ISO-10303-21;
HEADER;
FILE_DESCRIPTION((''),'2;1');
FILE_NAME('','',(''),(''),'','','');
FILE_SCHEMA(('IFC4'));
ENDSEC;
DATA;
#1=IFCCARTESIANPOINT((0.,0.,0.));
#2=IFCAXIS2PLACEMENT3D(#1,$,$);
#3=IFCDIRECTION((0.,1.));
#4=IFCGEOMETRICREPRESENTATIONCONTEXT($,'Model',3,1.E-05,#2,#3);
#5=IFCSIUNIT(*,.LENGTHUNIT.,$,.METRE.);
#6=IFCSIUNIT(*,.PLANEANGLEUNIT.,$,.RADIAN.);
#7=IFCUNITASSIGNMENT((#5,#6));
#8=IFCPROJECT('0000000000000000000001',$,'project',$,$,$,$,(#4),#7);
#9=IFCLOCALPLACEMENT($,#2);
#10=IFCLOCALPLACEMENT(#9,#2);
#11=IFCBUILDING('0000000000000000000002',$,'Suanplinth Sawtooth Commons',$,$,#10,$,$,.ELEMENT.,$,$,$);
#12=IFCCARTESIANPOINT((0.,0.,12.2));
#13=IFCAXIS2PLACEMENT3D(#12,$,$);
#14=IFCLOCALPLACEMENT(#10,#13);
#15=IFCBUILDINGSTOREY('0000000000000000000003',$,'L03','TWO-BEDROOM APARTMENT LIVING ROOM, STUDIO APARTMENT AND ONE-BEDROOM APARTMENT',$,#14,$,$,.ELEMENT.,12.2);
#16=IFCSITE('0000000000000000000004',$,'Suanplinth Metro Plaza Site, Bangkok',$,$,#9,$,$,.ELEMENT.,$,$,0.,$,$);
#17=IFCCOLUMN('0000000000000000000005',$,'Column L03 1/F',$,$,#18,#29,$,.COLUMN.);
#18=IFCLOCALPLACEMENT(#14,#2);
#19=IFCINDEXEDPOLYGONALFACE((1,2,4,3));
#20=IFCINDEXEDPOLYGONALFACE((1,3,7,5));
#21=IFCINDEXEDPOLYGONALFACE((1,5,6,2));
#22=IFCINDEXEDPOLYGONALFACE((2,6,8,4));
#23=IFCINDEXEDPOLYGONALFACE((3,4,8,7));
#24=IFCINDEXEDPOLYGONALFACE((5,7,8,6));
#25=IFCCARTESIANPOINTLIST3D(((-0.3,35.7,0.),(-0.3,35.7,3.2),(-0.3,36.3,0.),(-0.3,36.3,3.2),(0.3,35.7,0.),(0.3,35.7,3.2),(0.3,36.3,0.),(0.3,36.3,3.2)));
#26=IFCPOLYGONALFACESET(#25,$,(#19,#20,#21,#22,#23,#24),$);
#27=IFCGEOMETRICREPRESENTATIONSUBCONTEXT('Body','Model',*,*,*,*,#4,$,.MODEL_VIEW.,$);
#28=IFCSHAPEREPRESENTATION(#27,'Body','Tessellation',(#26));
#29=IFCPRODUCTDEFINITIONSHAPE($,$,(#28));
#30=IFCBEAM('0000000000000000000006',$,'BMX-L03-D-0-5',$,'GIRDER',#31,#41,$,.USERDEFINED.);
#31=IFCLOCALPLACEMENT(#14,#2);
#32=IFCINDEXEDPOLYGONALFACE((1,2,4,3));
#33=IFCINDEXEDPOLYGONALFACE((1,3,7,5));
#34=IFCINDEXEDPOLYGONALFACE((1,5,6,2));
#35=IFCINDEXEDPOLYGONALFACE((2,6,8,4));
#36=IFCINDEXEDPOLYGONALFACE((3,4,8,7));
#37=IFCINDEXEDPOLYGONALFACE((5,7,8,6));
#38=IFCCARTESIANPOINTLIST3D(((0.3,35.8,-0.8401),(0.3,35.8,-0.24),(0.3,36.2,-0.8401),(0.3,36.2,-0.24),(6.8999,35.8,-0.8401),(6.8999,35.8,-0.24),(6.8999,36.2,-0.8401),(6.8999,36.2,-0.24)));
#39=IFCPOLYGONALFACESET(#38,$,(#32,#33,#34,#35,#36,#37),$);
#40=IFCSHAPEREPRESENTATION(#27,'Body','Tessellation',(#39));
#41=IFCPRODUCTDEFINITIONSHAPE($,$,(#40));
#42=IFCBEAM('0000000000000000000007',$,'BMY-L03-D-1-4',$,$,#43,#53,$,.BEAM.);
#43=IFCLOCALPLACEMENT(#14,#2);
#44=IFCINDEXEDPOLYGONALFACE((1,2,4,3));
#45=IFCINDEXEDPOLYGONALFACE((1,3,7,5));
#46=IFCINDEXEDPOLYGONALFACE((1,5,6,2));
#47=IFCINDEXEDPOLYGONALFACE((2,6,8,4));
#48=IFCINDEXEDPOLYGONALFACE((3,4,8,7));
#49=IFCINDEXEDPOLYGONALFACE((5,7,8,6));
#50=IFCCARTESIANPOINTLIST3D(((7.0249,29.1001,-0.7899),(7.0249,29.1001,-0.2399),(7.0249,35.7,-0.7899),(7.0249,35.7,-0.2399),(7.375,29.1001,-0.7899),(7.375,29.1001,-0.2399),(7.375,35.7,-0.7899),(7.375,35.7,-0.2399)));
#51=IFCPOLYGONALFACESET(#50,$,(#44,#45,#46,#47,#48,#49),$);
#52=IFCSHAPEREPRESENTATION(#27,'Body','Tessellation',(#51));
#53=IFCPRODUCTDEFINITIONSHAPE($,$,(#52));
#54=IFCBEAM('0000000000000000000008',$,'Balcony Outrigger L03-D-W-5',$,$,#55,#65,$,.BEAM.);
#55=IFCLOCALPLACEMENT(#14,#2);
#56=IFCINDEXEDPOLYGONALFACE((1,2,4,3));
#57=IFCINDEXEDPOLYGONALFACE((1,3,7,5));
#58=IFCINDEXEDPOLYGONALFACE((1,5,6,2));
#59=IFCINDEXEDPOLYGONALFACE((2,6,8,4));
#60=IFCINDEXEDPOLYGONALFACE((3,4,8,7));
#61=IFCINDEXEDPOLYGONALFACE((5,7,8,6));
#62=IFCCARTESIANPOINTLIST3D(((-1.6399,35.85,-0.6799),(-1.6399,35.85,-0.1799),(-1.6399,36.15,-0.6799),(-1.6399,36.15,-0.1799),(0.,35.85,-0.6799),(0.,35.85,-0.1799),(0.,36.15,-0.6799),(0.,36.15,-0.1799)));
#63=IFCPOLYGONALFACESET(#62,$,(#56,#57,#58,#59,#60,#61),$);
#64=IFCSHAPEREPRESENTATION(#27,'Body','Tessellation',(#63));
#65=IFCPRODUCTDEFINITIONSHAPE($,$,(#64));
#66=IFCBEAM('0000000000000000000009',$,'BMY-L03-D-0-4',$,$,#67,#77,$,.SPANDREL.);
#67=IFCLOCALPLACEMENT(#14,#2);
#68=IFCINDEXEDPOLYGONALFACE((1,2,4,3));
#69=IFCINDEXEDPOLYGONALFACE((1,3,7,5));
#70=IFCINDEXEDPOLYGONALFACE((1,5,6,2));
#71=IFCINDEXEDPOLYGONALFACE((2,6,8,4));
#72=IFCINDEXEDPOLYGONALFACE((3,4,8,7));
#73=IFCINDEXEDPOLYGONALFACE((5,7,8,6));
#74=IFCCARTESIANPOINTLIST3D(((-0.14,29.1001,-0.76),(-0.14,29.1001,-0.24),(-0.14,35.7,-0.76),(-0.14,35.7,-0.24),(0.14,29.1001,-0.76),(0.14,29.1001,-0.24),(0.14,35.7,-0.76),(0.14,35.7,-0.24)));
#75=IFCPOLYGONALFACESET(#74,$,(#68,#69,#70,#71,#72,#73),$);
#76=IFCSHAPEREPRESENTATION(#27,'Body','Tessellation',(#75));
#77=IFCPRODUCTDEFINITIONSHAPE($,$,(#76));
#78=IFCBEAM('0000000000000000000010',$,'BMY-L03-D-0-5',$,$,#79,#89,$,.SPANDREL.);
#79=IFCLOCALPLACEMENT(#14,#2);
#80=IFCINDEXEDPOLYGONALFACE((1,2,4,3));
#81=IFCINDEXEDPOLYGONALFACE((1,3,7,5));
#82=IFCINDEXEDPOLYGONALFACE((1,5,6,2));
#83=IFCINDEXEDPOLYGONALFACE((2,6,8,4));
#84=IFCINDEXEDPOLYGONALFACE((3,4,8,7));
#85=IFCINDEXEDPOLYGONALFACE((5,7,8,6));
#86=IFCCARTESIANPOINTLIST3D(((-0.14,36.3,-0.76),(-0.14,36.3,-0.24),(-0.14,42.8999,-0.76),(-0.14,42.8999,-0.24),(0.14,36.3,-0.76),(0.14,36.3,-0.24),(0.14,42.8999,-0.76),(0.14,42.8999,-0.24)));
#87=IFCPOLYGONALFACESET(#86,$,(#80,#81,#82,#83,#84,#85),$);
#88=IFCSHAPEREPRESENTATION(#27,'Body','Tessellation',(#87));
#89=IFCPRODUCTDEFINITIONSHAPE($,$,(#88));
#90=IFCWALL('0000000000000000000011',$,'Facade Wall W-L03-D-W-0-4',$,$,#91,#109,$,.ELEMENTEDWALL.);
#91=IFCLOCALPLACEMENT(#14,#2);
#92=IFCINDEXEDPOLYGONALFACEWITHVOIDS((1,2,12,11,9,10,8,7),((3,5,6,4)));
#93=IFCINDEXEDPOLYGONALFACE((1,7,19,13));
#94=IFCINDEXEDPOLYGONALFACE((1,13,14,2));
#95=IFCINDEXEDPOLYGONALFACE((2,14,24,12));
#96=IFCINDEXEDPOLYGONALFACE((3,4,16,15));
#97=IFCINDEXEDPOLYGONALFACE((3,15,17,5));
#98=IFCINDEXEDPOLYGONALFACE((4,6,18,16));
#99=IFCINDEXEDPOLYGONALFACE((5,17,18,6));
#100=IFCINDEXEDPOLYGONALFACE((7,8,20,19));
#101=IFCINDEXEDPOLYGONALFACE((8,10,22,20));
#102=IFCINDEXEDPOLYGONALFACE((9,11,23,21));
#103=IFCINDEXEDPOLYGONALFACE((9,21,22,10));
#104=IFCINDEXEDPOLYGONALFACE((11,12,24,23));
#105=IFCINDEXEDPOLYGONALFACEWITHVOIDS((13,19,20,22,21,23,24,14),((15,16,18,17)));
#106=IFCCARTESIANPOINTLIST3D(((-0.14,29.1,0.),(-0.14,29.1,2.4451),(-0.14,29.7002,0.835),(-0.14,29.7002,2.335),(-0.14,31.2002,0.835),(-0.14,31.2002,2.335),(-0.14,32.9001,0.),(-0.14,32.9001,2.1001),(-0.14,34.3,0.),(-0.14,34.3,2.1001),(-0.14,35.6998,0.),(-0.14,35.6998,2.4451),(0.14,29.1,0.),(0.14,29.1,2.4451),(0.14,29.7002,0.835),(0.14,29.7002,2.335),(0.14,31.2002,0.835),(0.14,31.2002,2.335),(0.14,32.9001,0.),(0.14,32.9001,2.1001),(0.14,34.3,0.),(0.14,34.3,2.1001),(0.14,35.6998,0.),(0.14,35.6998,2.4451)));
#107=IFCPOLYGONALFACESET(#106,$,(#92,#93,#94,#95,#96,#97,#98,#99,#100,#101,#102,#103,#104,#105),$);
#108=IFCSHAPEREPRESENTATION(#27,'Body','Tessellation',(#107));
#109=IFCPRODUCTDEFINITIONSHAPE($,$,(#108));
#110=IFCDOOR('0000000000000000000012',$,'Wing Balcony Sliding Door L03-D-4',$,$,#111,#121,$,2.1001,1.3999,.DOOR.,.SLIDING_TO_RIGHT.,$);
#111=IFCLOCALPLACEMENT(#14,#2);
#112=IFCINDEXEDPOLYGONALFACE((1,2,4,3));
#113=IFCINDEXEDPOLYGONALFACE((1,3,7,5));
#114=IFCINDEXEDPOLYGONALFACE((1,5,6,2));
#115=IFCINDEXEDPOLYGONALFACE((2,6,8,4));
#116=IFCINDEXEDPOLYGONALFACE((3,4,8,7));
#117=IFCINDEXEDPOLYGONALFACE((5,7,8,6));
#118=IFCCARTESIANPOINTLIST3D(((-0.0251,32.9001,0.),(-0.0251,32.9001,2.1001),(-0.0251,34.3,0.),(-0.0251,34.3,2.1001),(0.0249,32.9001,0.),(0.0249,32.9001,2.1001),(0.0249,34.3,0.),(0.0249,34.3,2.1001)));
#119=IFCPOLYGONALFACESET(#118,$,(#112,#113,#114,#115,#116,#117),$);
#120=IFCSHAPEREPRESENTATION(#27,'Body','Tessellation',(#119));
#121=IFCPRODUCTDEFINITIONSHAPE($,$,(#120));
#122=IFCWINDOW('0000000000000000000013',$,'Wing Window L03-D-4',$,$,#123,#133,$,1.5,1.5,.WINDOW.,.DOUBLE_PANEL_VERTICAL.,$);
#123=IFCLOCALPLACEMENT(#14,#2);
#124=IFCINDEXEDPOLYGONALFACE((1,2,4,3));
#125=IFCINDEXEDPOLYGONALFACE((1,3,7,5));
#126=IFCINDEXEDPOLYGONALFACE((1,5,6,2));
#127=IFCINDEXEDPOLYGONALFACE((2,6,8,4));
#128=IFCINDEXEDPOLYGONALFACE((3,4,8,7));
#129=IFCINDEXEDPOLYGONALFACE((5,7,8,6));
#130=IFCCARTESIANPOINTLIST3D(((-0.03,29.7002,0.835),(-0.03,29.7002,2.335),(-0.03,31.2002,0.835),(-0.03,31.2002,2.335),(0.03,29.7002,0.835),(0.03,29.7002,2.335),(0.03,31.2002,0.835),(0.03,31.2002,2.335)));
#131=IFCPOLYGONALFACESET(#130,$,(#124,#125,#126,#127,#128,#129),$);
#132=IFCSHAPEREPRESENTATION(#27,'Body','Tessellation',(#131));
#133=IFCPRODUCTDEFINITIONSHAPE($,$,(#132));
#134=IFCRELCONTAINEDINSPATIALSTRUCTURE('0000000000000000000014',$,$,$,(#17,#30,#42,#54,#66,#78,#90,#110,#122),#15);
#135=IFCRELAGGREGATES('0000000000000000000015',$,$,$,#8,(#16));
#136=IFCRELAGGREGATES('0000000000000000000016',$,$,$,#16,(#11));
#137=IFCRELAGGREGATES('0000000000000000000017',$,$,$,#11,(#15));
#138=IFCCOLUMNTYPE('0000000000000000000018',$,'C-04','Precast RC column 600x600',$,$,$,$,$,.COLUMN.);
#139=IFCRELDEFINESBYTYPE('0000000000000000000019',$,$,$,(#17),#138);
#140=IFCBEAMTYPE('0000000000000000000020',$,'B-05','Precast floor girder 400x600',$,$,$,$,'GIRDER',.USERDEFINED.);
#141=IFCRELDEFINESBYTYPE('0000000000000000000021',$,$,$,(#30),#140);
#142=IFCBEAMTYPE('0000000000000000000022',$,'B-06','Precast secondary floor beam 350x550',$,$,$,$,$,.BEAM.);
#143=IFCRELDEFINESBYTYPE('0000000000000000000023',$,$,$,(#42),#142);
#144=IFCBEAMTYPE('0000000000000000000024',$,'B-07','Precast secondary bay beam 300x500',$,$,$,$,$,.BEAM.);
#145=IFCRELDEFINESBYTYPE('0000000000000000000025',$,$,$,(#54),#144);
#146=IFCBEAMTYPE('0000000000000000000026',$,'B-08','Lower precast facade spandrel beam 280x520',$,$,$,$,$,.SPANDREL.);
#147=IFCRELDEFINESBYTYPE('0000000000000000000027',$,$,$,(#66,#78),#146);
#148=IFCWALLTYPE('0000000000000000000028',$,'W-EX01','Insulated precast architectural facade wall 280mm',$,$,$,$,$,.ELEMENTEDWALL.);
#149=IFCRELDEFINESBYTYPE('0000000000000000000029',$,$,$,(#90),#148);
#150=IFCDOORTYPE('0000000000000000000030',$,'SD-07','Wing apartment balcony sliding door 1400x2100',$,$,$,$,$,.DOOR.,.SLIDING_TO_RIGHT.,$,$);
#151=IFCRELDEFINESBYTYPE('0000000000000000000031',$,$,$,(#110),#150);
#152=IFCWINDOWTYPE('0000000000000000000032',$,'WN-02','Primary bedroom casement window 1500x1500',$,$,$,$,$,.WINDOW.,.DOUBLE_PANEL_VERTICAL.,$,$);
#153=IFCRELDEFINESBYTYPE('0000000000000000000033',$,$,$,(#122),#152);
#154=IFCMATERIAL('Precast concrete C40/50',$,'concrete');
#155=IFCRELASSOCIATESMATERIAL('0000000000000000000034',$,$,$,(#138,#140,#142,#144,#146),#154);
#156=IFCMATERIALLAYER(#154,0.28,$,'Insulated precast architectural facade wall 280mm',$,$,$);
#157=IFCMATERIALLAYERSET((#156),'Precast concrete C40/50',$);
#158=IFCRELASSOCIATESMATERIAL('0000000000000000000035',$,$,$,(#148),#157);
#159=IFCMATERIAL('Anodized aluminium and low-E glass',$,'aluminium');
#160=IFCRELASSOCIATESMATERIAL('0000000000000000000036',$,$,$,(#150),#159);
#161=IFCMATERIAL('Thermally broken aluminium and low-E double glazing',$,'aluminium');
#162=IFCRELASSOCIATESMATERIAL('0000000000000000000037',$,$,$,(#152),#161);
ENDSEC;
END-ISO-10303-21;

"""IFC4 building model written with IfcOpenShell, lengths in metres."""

from ifc_helpers import new_model, si_unit, direction, frame, frame_2d, origin, origin_2d, place, context, subcontext, project, spatial, rectangle, extrude, material, layer, layer_set, material_profile, profile_set, type_object, element, fill, save


model = new_model("IFC4")

# Units and contexts
model_context = context("Model", 3, precision=1e-05, world=origin(), true_north=direction((0.0, 1.0)))
body_context = subcontext(model_context, "Body", "Model", "MODEL_VIEW")
ifc_project = project(units=[si_unit("LENGTHUNIT", "METRE"), si_unit("PLANEANGLEUNIT", "RADIAN")], contexts=[model_context])

# Site, building, storey
site_placement = place(None, origin())
site = spatial("IfcSite", under=ifc_project, at=site_placement, Name="Suanplinth Metro Plaza Site, Bangkok", CompositionType="ELEMENT", RefElevation=0.0)
building_placement = place(site_placement, origin())
building = spatial("IfcBuilding", under=site, at=building_placement, Name="Suanplinth Sawtooth Commons", CompositionType="ELEMENT")
storey_placement = place(building_placement, frame((0.0, 0.0, 12.2)))
storey = spatial("IfcBuildingStorey", under=building, at=storey_placement, Name="L03", Description="TWO-BEDROOM APARTMENT LIVING ROOM, STUDIO APARTMENT AND ONE-BEDROOM APARTMENT", CompositionType="ELEMENT", Elevation=12.2)

# Column
ifc_material_1 = material(Name="Precast concrete C40/50", Category="concrete")
ifc_material_profile_1 = material_profile(ifc_material_1, rectangle(XDim=0.6001, YDim=0.6001, at=origin_2d()), Name="PC-COL 600x600")
ifc_profile_set_1 = profile_set([ifc_material_profile_1], Name="Precast concrete C40/50")
column_type = type_object("IfcColumnType", Name="C-04", Description="Precast RC column 600x600", PredefinedType="COLUMN", material=ifc_profile_set_1)
column_placement = place(storey_placement, frame((0.0, 36.0, 0.0), z_axis=(0.0, 0.0, 1.0), x_axis=(1.0, 0.0, 0.0)))
element("IfcColumn", 1, at=column_placement, inside=storey, type_object=column_type, Name="Column L03 1/F", PredefinedType="COLUMN", context=body_context, shape_type="SweptSolid", body=[
    extrude(rectangle(XDim=0.6001, YDim=0.6001, at=origin_2d()), origin(), (0.0, 0.0, 1.0), 3.2),
])

# Beams
ifc_material_profile_2 = material_profile(ifc_material_1, rectangle(XDim=0.3999, YDim=0.6001, at=origin_2d()), Name="PC-GDR 400x600")
ifc_profile_set_2 = profile_set([ifc_material_profile_2], Name="Precast concrete C40/50")
beam_type_1 = type_object("IfcBeamType", Name="B-05", Description="Precast floor girder 400x600", ElementType="GIRDER", PredefinedType="USERDEFINED", material=ifc_profile_set_2)
beam_1_placement = place(storey_placement, frame((0.3, 36.0, -0.54), z_axis=(1.0, 0.0, 0.0), x_axis=(0.0, 1.0, 0.0)))
element("IfcBeam", 2, at=beam_1_placement, inside=storey, type_object=beam_type_1, Name="BMX-L03-D-0-5", ObjectType="GIRDER", PredefinedType="USERDEFINED", context=body_context, shape_type="SweptSolid", body=[
    extrude(rectangle(XDim=0.3999, YDim=0.6001, at=origin_2d()), origin(), (0.0, 0.0, 1.0), 6.5999),
])
ifc_material_profile_3 = material_profile(ifc_material_1, rectangle(XDim=0.3501, YDim=0.55, at=origin_2d()), Name="PC-BM 350x550")
ifc_profile_set_3 = profile_set([ifc_material_profile_3], Name="Precast concrete C40/50")
beam_type_2 = type_object("IfcBeamType", Name="B-06", Description="Precast secondary floor beam 350x550", PredefinedType="BEAM", material=ifc_profile_set_3)
beam_2_placement = place(storey_placement, frame((7.2, 29.1001, -0.5149), z_axis=(0.0, 1.0, 0.0), x_axis=(-1.0, 0.0, 0.0)))
element("IfcBeam", 3, at=beam_2_placement, inside=storey, type_object=beam_type_2, Name="BMY-L03-D-1-4", PredefinedType="BEAM", context=body_context, shape_type="SweptSolid", body=[
    extrude(rectangle(XDim=0.3501, YDim=0.55, at=origin_2d()), origin(), (0.0, 0.0, 1.0), 6.5999),
])
ifc_material_profile_4 = material_profile(ifc_material_1, rectangle(XDim=0.3, YDim=0.5, at=origin_2d()), Name="PC-BM 300x500")
ifc_profile_set_4 = profile_set([ifc_material_profile_4], Name="Precast concrete C40/50")
beam_type_3 = type_object("IfcBeamType", Name="B-07", Description="Precast secondary bay beam 300x500", PredefinedType="BEAM", material=ifc_profile_set_4)
beam_3_placement = place(storey_placement, frame((0.0, 36.0, -0.4299), z_axis=(-1.0, 0.0, 0.0), x_axis=(0.0, -1.0, 0.0)))
element("IfcBeam", 4, at=beam_3_placement, inside=storey, type_object=beam_type_3, Name="Balcony Outrigger L03-D-W-5", PredefinedType="BEAM", context=body_context, shape_type="SweptSolid", body=[
    extrude(rectangle(XDim=0.3, YDim=0.5, at=origin_2d()), origin(), (0.0, 0.0, 1.0), 1.6399),
])
ifc_material_profile_5 = material_profile(ifc_material_1, rectangle(XDim=0.28, YDim=0.52, at=origin_2d()), Name="PC-SP 280x520")
ifc_profile_set_5 = profile_set([ifc_material_profile_5], Name="Precast concrete C40/50")
beam_type_4 = type_object("IfcBeamType", Name="B-08", Description="Lower precast facade spandrel beam 280x520", PredefinedType="SPANDREL", material=ifc_profile_set_5)
for number, where, z_axis, x_axis, name in (
    (5, (0.0, 29.1001, -0.5), (0.0, 1.0, 0.0), (-1.0, 0.0, 0.0), "BMY-L03-D-0-4"),
    (6, (0.0, 36.3, -0.5), (0.0, 1.0, 0.0), (-1.0, 0.0, 0.0), "BMY-L03-D-0-5"),
):
    element("IfcBeam", number, at=place(storey_placement, frame(where, z_axis=z_axis, x_axis=x_axis)), inside=storey, type_object=beam_type_4, Name=name, PredefinedType="SPANDREL", context=body_context, shape_type="SweptSolid", body=[
        extrude(rectangle(XDim=0.28, YDim=0.52, at=origin_2d()), origin(), (0.0, 0.0, 1.0), 6.5999),
    ])

# Wall, openings, door, window
ifc_layer_1 = layer(ifc_material_1, 0.28, Name="Insulated precast architectural facade wall 280mm")
ifc_layer_set_1 = layer_set([ifc_layer_1], Name="Precast concrete C40/50")
wall_type_1 = type_object("IfcWallType", Name="W-EX01", Description="Insulated precast architectural facade wall 280mm", PredefinedType="ELEMENTEDWALL", material=ifc_layer_set_1)
wall_1_placement = place(storey_placement, frame((0.0, 29.1001, 0.0), z_axis=(0.0, 0.0, 1.0), x_axis=(0.0, 1.0, 0.0)))
wall_1 = element("IfcWall", 7, at=wall_1_placement, inside=storey, type_object=wall_type_1, Name="Facade Wall W-L03-D-W-0-4", PredefinedType="ELEMENTEDWALL", context=body_context, shape_type="SweptSolid", body=[
    extrude(rectangle(XDim=6.5999, YDim=0.28, at=frame_2d((3.2998, 0.0))), origin(), (0.0, 0.0, 1.0), 2.4451),
])
opening_1_placement = place(wall_1_placement, frame((3.8, 0.0, 0.0)))
opening_1 = element("IfcOpeningElement", 8, at=opening_1_placement, cuts=wall_1, PredefinedType="OPENING", context=body_context, shape_type="SweptSolid", body=[
    extrude(rectangle(XDim=1.3999, YDim=2.1001, at=frame_2d((0.7, 1.05))), frame((0.0, 0.1548, 0.0), z_axis=(0.0, -1.0, 0.0), x_axis=(1.0, 0.0, 0.0)), (0.0, 0.0, 1.0), 0.3098),
])
opening_2_placement = place(wall_1_placement, frame((0.6001, 0.0, 0.835)))
opening_2 = element("IfcOpeningElement", 9, at=opening_2_placement, cuts=wall_1, PredefinedType="OPENING", context=body_context, shape_type="SweptSolid", body=[
    extrude(rectangle(XDim=1.5, YDim=1.5, at=frame_2d((0.75, 0.75))), frame((0.0, 0.1548, 0.0), z_axis=(0.0, -1.0, 0.0), x_axis=(1.0, 0.0, 0.0)), (0.0, 0.0, 1.0), 0.3098),
])
ifc_material_2 = material(Name="Anodized aluminium and low-E glass", Category="aluminium")
door_type_1 = type_object("IfcDoorType", Name="SD-07", Description="Wing apartment balcony sliding door 1400x2100", OperationType="SLIDING_TO_RIGHT", PredefinedType="DOOR", material=ifc_material_2)
door_1_placement = place(opening_1_placement, frame((1.3999, 0.0, 0.0), z_axis=(0.0, 0.0, 1.0), x_axis=(-1.0, 0.0, 0.0)))
door_1 = element("IfcDoor", 10, at=door_1_placement, inside=storey, type_object=door_type_1, Name="Wing Balcony Sliding Door L03-D-4", OperationType="SLIDING_TO_RIGHT", OverallHeight=2.1001, OverallWidth=1.3999, PredefinedType="DOOR", context=body_context, shape_type="SweptSolid", body=[
    extrude(rectangle(XDim=1.3999, YDim=2.1001, at=frame_2d((0.7, 1.05))), frame((0.0, 0.0249, 0.0), z_axis=(0.0, -1.0, 0.0), x_axis=(1.0, 0.0, 0.0)), (0.0, 0.0, 1.0), 0.05),
])
fill(opening_1, door_1)
ifc_material_3 = material(Name="Thermally broken aluminium and low-E double glazing", Category="aluminium")
window_type = type_object("IfcWindowType", Name="WN-02", Description="Primary bedroom casement window 1500x1500", PartitioningType="DOUBLE_PANEL_VERTICAL", PredefinedType="WINDOW", material=ifc_material_3)
window_1_placement = place(opening_2_placement, origin())
window_1 = element("IfcWindow", 11, at=window_1_placement, inside=storey, type_object=window_type, Name="Wing Window L03-D-4", OverallHeight=1.5, OverallWidth=1.5, PartitioningType="DOUBLE_PANEL_VERTICAL", PredefinedType="WINDOW", context=body_context, shape_type="SweptSolid", body=[
    extrude(rectangle(XDim=1.5, YDim=1.5, at=frame_2d((0.75, 0.75))), frame((0.0, 0.03, 0.0), z_axis=(0.0, -1.0, 0.0), x_axis=(1.0, 0.0, 0.0)), (0.0, 0.0, 1.0), 0.0601),
])
fill(opening_2, window_1)

save(model, "model.ifc")
